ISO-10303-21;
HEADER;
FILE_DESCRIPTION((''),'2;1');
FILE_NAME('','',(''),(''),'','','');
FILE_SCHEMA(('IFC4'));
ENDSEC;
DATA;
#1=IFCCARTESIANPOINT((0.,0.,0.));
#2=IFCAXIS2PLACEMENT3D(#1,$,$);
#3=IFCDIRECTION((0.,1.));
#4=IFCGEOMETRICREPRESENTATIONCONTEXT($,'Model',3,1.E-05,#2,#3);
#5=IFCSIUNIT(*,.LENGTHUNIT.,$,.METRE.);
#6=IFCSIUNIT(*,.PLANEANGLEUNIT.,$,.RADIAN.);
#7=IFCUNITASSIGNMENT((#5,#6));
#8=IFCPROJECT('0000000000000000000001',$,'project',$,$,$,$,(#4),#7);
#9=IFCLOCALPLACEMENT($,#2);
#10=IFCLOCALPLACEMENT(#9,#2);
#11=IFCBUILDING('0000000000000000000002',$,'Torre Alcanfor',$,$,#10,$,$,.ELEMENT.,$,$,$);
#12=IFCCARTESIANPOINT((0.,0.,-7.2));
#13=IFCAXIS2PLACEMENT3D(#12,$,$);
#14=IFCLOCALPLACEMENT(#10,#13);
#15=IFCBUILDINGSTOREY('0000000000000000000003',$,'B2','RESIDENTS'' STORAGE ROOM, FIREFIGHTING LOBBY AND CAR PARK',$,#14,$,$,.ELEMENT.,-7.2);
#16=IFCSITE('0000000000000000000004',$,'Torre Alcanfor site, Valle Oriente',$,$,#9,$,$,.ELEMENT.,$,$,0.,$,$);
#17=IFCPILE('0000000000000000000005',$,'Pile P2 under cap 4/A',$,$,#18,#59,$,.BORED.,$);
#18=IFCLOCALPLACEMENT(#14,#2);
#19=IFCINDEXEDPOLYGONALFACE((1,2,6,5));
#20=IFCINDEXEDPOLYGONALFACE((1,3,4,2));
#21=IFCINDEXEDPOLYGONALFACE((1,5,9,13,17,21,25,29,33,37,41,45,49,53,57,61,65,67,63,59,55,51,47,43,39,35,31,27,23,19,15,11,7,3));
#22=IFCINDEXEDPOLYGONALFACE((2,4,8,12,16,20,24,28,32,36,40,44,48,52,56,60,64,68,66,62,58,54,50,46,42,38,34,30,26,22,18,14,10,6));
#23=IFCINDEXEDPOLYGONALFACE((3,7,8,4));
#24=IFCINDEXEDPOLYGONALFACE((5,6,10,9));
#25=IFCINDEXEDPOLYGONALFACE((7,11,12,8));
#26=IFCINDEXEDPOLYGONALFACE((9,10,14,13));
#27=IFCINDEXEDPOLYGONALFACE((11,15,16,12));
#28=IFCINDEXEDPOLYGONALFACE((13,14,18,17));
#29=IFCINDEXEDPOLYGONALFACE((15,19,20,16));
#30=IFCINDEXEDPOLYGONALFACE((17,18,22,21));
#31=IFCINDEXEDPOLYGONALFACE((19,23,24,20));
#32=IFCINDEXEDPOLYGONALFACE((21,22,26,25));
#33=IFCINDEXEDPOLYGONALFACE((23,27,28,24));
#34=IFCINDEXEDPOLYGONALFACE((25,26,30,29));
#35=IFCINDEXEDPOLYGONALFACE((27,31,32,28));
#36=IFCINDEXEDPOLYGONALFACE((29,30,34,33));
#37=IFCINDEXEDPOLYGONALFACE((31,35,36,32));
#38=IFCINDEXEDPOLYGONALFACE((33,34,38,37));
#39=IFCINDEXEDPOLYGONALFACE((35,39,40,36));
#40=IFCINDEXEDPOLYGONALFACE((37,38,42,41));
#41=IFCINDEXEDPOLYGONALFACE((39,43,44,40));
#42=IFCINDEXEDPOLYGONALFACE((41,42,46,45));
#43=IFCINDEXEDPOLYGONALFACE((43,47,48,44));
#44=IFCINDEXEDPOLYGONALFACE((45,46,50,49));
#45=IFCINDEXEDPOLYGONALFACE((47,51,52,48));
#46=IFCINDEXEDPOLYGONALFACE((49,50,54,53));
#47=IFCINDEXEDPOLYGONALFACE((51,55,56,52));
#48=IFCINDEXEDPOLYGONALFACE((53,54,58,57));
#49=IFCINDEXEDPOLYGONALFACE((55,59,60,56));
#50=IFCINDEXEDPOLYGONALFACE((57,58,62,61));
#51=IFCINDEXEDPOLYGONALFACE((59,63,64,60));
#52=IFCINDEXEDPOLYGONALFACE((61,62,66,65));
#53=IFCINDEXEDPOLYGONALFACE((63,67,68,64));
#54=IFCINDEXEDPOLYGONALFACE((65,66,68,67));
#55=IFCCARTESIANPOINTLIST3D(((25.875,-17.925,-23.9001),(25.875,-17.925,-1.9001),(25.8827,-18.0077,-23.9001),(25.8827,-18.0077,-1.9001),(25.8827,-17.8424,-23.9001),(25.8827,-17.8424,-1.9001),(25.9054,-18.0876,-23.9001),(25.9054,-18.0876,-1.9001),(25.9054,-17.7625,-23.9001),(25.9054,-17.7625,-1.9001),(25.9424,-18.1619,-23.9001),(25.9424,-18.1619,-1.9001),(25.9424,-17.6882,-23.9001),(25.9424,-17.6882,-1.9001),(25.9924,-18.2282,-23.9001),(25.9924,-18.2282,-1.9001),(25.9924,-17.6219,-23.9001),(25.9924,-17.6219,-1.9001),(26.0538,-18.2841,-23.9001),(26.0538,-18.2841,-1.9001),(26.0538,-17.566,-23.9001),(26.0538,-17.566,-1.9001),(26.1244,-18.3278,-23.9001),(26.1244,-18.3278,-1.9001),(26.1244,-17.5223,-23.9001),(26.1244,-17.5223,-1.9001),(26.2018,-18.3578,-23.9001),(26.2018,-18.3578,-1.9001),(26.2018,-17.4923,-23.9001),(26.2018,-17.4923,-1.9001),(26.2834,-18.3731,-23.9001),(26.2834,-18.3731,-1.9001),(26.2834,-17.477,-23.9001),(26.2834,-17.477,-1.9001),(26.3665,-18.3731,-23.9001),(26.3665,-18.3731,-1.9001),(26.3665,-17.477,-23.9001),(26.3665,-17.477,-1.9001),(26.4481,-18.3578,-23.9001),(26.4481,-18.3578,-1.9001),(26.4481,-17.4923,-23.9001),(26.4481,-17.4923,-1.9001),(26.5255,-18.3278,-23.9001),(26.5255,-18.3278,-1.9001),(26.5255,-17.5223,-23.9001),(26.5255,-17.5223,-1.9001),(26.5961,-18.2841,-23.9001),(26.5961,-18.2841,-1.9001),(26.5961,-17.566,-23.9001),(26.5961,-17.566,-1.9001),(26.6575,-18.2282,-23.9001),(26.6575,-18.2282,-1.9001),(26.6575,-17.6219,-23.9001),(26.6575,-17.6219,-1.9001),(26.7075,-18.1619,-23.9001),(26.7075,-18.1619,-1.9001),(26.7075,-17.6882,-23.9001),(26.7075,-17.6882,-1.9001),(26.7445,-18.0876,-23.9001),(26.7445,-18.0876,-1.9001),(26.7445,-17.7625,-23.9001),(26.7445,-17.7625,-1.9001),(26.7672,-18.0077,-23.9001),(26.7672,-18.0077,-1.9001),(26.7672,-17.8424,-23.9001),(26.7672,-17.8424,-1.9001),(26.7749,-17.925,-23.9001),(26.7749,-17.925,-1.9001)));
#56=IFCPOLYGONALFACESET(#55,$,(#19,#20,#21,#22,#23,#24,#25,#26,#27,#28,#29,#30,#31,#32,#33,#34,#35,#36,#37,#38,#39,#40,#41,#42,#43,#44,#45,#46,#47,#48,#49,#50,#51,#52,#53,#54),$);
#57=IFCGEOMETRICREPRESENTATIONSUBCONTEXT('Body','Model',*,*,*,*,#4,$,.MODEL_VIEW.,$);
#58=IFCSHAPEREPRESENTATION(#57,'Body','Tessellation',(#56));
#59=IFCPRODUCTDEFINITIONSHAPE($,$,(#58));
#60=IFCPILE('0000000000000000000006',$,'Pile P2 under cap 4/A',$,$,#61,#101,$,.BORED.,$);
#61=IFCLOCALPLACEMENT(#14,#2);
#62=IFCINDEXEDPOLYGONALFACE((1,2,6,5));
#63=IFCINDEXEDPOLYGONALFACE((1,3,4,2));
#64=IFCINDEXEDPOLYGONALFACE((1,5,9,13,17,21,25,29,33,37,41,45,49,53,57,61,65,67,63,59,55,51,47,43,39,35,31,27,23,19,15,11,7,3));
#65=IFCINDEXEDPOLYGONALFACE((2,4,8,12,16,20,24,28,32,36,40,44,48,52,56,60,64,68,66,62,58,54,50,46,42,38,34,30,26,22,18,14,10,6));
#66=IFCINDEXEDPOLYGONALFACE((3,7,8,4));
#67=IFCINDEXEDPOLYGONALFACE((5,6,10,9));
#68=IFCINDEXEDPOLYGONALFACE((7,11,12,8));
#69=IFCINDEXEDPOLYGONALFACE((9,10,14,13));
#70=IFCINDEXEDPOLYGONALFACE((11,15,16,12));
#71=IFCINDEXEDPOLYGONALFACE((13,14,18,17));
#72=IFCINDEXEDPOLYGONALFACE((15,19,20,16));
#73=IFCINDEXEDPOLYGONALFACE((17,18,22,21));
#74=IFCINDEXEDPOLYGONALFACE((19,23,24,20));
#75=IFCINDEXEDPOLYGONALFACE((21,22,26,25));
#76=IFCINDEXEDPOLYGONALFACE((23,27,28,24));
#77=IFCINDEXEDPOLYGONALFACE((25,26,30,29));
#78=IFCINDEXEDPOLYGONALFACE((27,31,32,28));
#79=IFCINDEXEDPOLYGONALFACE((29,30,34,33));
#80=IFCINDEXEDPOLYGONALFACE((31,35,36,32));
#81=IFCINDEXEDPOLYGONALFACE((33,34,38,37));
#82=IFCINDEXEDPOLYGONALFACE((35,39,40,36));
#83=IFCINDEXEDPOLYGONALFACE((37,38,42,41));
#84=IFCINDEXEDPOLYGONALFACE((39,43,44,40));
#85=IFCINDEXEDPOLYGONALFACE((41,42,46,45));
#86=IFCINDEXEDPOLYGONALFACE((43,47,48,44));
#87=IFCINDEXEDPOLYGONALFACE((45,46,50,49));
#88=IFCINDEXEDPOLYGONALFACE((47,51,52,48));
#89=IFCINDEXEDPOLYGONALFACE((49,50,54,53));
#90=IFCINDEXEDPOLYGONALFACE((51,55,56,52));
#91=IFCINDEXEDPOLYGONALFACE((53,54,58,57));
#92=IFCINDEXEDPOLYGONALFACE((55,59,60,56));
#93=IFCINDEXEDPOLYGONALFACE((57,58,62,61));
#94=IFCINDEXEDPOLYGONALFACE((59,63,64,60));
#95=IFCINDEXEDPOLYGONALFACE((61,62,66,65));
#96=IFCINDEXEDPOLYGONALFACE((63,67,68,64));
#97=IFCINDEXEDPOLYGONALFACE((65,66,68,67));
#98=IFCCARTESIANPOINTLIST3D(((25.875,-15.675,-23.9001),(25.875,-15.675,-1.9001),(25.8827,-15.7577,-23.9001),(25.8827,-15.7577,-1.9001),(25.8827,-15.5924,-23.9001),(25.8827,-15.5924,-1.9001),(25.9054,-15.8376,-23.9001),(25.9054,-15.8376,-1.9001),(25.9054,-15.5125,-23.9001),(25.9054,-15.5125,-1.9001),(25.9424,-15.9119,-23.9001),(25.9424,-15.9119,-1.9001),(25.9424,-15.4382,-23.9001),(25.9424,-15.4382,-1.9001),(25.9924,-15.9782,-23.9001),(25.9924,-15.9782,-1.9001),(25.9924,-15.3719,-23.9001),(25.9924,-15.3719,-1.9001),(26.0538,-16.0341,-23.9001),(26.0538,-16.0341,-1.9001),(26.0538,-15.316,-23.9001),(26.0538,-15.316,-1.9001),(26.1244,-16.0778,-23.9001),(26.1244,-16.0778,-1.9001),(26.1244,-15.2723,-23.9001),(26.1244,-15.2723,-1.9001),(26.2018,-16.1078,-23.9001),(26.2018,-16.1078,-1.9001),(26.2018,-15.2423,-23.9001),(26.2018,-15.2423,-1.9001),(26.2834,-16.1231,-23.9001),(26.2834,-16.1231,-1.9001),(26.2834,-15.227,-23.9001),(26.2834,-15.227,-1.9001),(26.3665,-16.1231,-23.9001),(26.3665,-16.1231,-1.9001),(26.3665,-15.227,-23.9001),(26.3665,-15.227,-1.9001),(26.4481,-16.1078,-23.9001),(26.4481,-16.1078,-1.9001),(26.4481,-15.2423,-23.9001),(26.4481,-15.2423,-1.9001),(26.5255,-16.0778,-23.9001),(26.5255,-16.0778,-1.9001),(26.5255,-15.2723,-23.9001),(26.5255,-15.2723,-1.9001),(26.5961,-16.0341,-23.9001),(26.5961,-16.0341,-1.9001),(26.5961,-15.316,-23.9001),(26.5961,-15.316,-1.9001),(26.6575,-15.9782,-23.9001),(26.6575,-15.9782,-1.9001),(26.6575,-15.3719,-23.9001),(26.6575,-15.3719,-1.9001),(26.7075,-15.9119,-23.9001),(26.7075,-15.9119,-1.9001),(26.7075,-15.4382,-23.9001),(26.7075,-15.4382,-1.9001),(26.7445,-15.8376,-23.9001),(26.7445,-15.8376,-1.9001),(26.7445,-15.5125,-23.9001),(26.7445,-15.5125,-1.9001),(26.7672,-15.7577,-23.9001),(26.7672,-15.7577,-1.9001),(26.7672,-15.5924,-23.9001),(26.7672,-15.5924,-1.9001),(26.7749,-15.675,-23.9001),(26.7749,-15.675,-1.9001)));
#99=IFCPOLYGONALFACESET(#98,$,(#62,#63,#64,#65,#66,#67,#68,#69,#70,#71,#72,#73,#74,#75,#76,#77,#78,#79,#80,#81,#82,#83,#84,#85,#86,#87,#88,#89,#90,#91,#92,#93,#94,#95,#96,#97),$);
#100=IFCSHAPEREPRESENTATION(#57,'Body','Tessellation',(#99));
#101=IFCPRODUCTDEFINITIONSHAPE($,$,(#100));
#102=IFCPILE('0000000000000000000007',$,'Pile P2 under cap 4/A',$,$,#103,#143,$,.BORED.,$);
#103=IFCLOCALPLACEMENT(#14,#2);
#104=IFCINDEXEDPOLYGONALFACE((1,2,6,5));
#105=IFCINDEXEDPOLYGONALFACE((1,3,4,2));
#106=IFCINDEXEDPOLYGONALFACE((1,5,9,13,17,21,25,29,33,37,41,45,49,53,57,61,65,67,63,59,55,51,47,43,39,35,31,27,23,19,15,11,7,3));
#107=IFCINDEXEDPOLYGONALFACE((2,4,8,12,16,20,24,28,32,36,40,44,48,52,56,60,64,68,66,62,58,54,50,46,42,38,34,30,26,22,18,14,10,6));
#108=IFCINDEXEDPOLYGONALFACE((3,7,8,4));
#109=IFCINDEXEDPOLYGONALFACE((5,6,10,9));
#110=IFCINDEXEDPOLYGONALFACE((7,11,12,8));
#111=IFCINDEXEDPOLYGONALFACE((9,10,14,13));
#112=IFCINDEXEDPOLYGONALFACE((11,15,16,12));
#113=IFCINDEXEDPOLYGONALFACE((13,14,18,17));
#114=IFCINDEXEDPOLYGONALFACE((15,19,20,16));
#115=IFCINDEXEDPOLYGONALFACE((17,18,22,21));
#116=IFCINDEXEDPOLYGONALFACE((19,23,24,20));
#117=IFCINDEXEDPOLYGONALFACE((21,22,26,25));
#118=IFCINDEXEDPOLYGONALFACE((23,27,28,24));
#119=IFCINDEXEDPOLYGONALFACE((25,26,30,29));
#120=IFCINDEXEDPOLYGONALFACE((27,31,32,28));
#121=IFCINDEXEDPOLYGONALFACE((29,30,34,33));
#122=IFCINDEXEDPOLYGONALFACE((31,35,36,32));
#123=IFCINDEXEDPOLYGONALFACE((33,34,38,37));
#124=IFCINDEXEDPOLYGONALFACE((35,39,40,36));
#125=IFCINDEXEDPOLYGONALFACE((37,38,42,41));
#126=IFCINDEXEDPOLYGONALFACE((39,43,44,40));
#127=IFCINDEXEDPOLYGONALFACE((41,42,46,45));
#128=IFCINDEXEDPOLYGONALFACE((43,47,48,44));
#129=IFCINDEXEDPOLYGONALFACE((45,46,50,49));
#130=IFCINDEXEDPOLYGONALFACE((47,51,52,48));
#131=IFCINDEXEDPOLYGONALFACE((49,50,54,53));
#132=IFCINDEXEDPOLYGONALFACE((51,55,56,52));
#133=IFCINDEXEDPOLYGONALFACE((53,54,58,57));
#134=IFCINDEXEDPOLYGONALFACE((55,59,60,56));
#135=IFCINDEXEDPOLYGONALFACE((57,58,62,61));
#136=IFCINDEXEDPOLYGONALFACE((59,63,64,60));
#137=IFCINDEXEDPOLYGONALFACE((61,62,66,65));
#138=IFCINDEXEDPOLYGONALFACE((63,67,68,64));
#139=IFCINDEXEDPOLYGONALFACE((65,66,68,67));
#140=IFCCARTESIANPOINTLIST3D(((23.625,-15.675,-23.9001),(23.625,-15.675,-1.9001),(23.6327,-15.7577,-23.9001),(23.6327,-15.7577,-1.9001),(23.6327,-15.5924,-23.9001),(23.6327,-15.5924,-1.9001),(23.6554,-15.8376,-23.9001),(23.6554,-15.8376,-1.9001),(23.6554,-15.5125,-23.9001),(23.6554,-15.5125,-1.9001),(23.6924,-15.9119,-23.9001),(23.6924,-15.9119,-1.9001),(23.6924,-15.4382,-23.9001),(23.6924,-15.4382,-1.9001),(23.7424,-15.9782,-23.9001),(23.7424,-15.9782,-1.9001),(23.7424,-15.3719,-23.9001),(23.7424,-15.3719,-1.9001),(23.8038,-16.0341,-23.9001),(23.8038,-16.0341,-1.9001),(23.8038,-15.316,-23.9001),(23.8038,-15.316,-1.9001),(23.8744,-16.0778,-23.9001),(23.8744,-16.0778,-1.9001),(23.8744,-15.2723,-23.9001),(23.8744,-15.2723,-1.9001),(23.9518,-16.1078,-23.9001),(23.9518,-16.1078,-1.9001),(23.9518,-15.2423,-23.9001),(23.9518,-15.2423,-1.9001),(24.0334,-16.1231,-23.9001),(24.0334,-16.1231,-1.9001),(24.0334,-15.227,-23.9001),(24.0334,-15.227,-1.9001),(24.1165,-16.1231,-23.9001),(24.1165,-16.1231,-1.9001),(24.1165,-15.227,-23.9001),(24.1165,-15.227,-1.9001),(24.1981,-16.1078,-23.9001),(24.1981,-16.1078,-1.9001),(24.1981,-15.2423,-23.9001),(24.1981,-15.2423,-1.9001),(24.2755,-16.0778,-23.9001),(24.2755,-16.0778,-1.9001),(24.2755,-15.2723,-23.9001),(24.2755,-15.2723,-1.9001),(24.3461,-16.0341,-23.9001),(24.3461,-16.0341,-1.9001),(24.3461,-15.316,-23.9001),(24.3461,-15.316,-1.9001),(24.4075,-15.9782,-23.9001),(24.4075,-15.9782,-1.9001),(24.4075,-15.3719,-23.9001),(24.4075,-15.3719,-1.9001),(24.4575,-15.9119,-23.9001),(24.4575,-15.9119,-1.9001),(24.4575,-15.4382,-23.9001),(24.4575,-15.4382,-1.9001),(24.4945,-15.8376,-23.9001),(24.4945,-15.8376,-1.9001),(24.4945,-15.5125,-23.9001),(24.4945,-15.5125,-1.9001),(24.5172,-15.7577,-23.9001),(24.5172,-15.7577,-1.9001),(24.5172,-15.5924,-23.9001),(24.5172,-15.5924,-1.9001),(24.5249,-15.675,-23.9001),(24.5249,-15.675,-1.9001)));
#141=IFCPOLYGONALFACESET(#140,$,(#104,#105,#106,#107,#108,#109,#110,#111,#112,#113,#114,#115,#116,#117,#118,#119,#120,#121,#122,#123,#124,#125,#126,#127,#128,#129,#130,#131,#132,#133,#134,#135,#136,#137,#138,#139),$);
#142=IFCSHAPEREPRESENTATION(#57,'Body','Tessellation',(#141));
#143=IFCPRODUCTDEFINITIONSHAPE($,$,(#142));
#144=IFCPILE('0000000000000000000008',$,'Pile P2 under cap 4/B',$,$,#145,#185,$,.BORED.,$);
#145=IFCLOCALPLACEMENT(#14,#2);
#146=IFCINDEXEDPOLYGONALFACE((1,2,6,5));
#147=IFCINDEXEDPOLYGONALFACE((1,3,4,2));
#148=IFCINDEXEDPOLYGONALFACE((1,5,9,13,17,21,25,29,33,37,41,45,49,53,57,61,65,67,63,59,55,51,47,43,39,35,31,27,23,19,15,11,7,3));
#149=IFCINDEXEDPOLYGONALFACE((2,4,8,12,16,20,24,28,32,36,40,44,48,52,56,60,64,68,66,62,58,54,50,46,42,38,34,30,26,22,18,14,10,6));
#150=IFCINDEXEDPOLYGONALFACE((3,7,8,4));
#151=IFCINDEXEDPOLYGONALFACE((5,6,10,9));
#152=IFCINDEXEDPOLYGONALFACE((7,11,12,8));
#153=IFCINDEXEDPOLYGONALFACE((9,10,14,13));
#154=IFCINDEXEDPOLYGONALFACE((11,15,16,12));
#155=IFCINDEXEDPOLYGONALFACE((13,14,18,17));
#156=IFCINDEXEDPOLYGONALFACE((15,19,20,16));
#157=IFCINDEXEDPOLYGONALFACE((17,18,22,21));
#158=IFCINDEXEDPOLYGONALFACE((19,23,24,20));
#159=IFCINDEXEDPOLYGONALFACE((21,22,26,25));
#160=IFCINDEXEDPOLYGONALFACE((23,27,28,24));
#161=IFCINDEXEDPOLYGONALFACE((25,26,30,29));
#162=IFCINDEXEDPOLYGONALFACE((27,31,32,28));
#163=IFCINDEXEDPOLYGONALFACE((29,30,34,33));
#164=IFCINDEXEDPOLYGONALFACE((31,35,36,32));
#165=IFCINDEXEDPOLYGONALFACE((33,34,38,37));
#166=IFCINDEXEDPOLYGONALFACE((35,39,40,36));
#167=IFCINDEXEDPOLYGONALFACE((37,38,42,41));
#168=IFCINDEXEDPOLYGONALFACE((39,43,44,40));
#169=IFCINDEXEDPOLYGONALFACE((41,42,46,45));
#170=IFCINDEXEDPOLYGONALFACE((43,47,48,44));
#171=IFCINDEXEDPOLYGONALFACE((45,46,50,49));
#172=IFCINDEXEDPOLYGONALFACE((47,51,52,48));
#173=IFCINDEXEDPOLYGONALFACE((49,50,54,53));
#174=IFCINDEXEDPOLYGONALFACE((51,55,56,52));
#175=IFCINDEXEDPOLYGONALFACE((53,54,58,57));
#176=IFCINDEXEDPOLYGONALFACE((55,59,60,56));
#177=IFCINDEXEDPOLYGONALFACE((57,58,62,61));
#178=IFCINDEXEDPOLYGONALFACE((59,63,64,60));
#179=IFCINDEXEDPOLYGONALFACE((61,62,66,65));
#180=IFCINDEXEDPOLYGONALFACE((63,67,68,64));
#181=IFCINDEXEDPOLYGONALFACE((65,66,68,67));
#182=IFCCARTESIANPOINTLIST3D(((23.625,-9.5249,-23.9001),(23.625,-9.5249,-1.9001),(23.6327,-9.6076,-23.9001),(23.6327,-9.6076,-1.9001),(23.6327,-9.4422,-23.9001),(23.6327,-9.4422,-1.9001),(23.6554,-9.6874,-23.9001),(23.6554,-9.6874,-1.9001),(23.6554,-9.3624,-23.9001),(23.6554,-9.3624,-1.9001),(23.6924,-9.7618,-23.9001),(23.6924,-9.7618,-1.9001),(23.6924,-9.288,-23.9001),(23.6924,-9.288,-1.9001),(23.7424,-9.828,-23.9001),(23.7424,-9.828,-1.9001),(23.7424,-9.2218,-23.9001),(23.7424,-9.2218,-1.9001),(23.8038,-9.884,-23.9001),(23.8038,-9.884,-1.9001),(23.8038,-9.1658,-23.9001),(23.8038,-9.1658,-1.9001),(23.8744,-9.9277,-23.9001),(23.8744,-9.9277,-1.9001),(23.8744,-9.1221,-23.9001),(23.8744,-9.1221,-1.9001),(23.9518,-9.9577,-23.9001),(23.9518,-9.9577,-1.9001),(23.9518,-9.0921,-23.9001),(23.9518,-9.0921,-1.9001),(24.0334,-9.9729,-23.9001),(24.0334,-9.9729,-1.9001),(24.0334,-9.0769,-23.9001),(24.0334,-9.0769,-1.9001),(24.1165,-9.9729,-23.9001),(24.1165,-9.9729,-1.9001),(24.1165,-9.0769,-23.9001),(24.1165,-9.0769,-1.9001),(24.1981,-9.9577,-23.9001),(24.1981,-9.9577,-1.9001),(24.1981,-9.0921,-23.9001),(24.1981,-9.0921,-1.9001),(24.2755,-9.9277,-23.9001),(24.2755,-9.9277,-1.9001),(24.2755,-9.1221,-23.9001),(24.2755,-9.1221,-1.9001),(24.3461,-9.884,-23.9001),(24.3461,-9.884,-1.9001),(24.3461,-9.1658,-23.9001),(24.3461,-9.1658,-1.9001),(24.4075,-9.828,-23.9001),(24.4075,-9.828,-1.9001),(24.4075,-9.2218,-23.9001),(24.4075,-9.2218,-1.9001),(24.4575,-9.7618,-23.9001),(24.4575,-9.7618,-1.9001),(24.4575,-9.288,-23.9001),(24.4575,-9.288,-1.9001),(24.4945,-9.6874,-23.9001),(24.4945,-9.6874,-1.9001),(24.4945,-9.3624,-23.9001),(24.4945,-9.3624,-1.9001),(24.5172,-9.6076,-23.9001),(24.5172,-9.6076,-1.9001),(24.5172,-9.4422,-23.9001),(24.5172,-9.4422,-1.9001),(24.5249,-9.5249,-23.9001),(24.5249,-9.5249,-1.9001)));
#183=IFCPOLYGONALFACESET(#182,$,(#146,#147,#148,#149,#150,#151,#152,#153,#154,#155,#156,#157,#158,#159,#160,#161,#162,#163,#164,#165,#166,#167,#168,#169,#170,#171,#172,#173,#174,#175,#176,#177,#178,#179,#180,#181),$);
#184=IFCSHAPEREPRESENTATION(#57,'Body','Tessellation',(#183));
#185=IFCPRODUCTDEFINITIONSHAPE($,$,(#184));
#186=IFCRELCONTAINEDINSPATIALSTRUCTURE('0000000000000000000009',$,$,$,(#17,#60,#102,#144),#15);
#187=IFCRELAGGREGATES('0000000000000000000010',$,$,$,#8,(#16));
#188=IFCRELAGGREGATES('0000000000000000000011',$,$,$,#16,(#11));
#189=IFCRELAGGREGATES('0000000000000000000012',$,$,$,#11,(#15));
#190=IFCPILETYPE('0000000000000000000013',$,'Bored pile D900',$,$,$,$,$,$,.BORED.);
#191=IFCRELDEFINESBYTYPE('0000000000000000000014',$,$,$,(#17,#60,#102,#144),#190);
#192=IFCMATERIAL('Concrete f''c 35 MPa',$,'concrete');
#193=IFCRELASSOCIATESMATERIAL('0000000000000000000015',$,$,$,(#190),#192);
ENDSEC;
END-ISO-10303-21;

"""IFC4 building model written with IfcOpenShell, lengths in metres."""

from ifc_helpers import new_model, si_unit, direction, frame, origin, origin_2d, place, context, subcontext, project, spatial, circle, extrude, material, material_profile, profile_set, type_object, element, save


model = new_model("IFC4")

# Units and contexts
model_context = context("Model", 3, precision=1e-05, world=origin(), true_north=direction((0.0, 1.0)))
body_context = subcontext(model_context, "Body", "Model", "MODEL_VIEW")
ifc_project = project(units=[si_unit("LENGTHUNIT", "METRE"), si_unit("PLANEANGLEUNIT", "RADIAN")], contexts=[model_context])

# Site, building, storey
site_placement = place(None, origin())
site = spatial("IfcSite", under=ifc_project, at=site_placement, Name="Torre Alcanfor site, Valle Oriente", CompositionType="ELEMENT", RefElevation=0.0)
building_placement = place(site_placement, origin())
building = spatial("IfcBuilding", under=site, at=building_placement, Name="Torre Alcanfor", CompositionType="ELEMENT")
storey_placement = place(building_placement, frame((0.0, 0.0, -7.2)))
storey = spatial("IfcBuildingStorey", under=building, at=storey_placement, Name="B2", Description="RESIDENTS' STORAGE ROOM, FIREFIGHTING LOBBY AND CAR PARK", CompositionType="ELEMENT", Elevation=-7.2)

# Piles
ifc_material_1 = material(Name="Concrete f'c 35 MPa", Category="concrete")
ifc_material_profile_1 = material_profile(ifc_material_1, circle(Radius=0.45, at=origin_2d()), Name="D900")
ifc_profile_set_1 = profile_set([ifc_material_profile_1], Name="Concrete f'c 35 MPa")
pile_type = type_object("IfcPileType", Name="Bored pile D900", PredefinedType="BORED", material=ifc_profile_set_1)
for number, where, z_axis, x_axis, name in (
    (1, (26.325, -17.925, -1.9001), (0.0, 0.0, -1.0), (1.0, 0.0, 0.0), "Pile P2 under cap 4/A"),
    (2, (26.325, -15.675, -1.9001), (0.0, 0.0, -1.0), (1.0, 0.0, 0.0), "Pile P2 under cap 4/A"),
    (3, (24.075, -15.675, -1.9001), (0.0, 0.0, -1.0), (1.0, 0.0, 0.0), "Pile P2 under cap 4/A"),
    (4, (24.075, -9.5249, -1.9001), (0.0, 0.0, -1.0), (1.0, 0.0, 0.0), "Pile P2 under cap 4/B"),
):
    element("IfcPile", number, at=place(storey_placement, frame(where, z_axis=z_axis, x_axis=x_axis)), inside=storey, type_object=pile_type, Name=name, PredefinedType="BORED", context=body_context, shape_type="SweptSolid", body=[
        extrude(circle(Radius=0.45, at=origin_2d()), origin(), (0.0, 0.0, 1.0), 22.0),
    ])

save(model, "model.ifc")
